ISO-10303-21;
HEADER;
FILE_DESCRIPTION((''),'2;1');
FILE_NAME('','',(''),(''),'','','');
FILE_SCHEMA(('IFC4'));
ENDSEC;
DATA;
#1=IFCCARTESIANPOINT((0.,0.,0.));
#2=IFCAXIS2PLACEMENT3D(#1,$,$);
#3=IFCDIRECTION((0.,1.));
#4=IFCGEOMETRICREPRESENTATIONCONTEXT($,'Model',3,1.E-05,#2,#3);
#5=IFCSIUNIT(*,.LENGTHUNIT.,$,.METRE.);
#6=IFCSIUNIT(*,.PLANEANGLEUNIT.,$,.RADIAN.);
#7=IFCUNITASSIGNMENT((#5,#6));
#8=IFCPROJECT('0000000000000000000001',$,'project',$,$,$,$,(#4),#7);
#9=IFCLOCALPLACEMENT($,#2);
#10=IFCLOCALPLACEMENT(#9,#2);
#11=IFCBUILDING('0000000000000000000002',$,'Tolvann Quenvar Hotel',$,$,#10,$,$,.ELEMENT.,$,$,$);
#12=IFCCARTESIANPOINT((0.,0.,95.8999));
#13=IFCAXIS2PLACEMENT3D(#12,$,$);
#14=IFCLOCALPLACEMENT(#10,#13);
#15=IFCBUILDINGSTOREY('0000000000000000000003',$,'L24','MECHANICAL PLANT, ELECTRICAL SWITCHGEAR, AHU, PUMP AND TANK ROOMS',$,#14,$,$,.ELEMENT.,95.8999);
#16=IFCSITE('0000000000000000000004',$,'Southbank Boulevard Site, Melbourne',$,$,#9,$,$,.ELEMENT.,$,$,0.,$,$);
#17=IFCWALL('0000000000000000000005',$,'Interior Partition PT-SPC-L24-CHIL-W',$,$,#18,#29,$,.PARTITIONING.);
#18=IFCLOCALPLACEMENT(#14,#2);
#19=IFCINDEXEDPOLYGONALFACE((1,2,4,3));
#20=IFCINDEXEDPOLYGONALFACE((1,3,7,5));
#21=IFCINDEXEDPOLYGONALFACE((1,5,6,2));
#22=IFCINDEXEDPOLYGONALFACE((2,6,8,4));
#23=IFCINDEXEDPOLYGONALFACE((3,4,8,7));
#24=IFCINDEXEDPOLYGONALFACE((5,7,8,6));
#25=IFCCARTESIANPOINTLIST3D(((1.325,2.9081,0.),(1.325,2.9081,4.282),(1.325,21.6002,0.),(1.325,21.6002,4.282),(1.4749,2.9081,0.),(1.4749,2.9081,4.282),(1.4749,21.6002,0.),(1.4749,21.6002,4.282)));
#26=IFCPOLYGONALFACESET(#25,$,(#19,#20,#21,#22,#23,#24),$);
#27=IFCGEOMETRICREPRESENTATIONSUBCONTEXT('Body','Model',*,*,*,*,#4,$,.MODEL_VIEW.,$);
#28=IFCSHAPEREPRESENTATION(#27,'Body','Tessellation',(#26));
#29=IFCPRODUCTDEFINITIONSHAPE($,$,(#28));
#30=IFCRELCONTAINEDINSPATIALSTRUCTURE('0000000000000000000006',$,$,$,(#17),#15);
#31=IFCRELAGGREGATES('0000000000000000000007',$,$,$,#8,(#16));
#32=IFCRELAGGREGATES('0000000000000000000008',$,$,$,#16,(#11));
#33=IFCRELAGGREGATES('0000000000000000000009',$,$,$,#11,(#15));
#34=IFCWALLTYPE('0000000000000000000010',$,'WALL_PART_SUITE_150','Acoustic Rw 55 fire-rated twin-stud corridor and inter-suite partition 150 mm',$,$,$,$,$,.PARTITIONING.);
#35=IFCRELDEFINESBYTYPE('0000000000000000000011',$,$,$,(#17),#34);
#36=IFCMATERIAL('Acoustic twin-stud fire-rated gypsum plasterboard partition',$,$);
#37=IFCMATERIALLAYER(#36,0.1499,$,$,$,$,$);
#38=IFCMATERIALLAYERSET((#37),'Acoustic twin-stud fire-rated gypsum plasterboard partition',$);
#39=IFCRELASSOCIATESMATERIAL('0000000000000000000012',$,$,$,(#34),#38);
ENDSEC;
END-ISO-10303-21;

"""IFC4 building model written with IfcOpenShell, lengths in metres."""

from ifc_helpers import new_model, si_unit, direction, frame, frame_2d, origin, place, context, subcontext, project, spatial, rectangle, extrude, material, layer, layer_set, type_object, element, save


model = new_model("IFC4")

# Units and contexts
model_context = context("Model", 3, precision=1e-05, world=origin(), true_north=direction((0.0, 1.0)))
body_context = subcontext(model_context, "Body", "Model", "MODEL_VIEW")
ifc_project = project(units=[si_unit("LENGTHUNIT", "METRE"), si_unit("PLANEANGLEUNIT", "RADIAN")], contexts=[model_context])

# Site, building, storey
site_placement = place(None, origin())
site = spatial("IfcSite", under=ifc_project, at=site_placement, Name="Southbank Boulevard Site, Melbourne", CompositionType="ELEMENT", RefElevation=0.0)
building_placement = place(site_placement, origin())
building = spatial("IfcBuilding", under=site, at=building_placement, Name="Tolvann Quenvar Hotel", CompositionType="ELEMENT")
storey_placement = place(building_placement, frame((0.0, 0.0, 95.8999)))
storey = spatial("IfcBuildingStorey", under=building, at=storey_placement, Name="L24", Description="MECHANICAL PLANT, ELECTRICAL SWITCHGEAR, AHU, PUMP AND TANK ROOMS", CompositionType="ELEMENT", Elevation=95.8999)

# Wall
ifc_material_1 = material(Name="Acoustic twin-stud fire-rated gypsum plasterboard partition")
ifc_layer_1 = layer(ifc_material_1, 0.1499)
ifc_layer_set_1 = layer_set([ifc_layer_1], Name="Acoustic twin-stud fire-rated gypsum plasterboard partition")
wall_type_1 = type_object("IfcWallType", Name="WALL_PART_SUITE_150", Description="Acoustic Rw 55 fire-rated twin-stud corridor and inter-suite partition 150 mm", PredefinedType="PARTITIONING", material=ifc_layer_set_1)
wall_1_placement = place(storey_placement, frame((1.3999, 2.908, 0.0), z_axis=(0.0, 0.0, 1.0), x_axis=(0.0, 1.0, 0.0)))
element("IfcWall", 1, at=wall_1_placement, inside=storey, type_object=wall_type_1, Name="Interior Partition PT-SPC-L24-CHIL-W", PredefinedType="PARTITIONING", context=body_context, shape_type="SweptSolid", body=[
    extrude(rectangle(XDim=18.6921, YDim=0.1499, at=frame_2d((9.3462, 0.0))), origin(), (0.0, 0.0, 1.0), 4.282),
])

save(model, "model.ifc")
